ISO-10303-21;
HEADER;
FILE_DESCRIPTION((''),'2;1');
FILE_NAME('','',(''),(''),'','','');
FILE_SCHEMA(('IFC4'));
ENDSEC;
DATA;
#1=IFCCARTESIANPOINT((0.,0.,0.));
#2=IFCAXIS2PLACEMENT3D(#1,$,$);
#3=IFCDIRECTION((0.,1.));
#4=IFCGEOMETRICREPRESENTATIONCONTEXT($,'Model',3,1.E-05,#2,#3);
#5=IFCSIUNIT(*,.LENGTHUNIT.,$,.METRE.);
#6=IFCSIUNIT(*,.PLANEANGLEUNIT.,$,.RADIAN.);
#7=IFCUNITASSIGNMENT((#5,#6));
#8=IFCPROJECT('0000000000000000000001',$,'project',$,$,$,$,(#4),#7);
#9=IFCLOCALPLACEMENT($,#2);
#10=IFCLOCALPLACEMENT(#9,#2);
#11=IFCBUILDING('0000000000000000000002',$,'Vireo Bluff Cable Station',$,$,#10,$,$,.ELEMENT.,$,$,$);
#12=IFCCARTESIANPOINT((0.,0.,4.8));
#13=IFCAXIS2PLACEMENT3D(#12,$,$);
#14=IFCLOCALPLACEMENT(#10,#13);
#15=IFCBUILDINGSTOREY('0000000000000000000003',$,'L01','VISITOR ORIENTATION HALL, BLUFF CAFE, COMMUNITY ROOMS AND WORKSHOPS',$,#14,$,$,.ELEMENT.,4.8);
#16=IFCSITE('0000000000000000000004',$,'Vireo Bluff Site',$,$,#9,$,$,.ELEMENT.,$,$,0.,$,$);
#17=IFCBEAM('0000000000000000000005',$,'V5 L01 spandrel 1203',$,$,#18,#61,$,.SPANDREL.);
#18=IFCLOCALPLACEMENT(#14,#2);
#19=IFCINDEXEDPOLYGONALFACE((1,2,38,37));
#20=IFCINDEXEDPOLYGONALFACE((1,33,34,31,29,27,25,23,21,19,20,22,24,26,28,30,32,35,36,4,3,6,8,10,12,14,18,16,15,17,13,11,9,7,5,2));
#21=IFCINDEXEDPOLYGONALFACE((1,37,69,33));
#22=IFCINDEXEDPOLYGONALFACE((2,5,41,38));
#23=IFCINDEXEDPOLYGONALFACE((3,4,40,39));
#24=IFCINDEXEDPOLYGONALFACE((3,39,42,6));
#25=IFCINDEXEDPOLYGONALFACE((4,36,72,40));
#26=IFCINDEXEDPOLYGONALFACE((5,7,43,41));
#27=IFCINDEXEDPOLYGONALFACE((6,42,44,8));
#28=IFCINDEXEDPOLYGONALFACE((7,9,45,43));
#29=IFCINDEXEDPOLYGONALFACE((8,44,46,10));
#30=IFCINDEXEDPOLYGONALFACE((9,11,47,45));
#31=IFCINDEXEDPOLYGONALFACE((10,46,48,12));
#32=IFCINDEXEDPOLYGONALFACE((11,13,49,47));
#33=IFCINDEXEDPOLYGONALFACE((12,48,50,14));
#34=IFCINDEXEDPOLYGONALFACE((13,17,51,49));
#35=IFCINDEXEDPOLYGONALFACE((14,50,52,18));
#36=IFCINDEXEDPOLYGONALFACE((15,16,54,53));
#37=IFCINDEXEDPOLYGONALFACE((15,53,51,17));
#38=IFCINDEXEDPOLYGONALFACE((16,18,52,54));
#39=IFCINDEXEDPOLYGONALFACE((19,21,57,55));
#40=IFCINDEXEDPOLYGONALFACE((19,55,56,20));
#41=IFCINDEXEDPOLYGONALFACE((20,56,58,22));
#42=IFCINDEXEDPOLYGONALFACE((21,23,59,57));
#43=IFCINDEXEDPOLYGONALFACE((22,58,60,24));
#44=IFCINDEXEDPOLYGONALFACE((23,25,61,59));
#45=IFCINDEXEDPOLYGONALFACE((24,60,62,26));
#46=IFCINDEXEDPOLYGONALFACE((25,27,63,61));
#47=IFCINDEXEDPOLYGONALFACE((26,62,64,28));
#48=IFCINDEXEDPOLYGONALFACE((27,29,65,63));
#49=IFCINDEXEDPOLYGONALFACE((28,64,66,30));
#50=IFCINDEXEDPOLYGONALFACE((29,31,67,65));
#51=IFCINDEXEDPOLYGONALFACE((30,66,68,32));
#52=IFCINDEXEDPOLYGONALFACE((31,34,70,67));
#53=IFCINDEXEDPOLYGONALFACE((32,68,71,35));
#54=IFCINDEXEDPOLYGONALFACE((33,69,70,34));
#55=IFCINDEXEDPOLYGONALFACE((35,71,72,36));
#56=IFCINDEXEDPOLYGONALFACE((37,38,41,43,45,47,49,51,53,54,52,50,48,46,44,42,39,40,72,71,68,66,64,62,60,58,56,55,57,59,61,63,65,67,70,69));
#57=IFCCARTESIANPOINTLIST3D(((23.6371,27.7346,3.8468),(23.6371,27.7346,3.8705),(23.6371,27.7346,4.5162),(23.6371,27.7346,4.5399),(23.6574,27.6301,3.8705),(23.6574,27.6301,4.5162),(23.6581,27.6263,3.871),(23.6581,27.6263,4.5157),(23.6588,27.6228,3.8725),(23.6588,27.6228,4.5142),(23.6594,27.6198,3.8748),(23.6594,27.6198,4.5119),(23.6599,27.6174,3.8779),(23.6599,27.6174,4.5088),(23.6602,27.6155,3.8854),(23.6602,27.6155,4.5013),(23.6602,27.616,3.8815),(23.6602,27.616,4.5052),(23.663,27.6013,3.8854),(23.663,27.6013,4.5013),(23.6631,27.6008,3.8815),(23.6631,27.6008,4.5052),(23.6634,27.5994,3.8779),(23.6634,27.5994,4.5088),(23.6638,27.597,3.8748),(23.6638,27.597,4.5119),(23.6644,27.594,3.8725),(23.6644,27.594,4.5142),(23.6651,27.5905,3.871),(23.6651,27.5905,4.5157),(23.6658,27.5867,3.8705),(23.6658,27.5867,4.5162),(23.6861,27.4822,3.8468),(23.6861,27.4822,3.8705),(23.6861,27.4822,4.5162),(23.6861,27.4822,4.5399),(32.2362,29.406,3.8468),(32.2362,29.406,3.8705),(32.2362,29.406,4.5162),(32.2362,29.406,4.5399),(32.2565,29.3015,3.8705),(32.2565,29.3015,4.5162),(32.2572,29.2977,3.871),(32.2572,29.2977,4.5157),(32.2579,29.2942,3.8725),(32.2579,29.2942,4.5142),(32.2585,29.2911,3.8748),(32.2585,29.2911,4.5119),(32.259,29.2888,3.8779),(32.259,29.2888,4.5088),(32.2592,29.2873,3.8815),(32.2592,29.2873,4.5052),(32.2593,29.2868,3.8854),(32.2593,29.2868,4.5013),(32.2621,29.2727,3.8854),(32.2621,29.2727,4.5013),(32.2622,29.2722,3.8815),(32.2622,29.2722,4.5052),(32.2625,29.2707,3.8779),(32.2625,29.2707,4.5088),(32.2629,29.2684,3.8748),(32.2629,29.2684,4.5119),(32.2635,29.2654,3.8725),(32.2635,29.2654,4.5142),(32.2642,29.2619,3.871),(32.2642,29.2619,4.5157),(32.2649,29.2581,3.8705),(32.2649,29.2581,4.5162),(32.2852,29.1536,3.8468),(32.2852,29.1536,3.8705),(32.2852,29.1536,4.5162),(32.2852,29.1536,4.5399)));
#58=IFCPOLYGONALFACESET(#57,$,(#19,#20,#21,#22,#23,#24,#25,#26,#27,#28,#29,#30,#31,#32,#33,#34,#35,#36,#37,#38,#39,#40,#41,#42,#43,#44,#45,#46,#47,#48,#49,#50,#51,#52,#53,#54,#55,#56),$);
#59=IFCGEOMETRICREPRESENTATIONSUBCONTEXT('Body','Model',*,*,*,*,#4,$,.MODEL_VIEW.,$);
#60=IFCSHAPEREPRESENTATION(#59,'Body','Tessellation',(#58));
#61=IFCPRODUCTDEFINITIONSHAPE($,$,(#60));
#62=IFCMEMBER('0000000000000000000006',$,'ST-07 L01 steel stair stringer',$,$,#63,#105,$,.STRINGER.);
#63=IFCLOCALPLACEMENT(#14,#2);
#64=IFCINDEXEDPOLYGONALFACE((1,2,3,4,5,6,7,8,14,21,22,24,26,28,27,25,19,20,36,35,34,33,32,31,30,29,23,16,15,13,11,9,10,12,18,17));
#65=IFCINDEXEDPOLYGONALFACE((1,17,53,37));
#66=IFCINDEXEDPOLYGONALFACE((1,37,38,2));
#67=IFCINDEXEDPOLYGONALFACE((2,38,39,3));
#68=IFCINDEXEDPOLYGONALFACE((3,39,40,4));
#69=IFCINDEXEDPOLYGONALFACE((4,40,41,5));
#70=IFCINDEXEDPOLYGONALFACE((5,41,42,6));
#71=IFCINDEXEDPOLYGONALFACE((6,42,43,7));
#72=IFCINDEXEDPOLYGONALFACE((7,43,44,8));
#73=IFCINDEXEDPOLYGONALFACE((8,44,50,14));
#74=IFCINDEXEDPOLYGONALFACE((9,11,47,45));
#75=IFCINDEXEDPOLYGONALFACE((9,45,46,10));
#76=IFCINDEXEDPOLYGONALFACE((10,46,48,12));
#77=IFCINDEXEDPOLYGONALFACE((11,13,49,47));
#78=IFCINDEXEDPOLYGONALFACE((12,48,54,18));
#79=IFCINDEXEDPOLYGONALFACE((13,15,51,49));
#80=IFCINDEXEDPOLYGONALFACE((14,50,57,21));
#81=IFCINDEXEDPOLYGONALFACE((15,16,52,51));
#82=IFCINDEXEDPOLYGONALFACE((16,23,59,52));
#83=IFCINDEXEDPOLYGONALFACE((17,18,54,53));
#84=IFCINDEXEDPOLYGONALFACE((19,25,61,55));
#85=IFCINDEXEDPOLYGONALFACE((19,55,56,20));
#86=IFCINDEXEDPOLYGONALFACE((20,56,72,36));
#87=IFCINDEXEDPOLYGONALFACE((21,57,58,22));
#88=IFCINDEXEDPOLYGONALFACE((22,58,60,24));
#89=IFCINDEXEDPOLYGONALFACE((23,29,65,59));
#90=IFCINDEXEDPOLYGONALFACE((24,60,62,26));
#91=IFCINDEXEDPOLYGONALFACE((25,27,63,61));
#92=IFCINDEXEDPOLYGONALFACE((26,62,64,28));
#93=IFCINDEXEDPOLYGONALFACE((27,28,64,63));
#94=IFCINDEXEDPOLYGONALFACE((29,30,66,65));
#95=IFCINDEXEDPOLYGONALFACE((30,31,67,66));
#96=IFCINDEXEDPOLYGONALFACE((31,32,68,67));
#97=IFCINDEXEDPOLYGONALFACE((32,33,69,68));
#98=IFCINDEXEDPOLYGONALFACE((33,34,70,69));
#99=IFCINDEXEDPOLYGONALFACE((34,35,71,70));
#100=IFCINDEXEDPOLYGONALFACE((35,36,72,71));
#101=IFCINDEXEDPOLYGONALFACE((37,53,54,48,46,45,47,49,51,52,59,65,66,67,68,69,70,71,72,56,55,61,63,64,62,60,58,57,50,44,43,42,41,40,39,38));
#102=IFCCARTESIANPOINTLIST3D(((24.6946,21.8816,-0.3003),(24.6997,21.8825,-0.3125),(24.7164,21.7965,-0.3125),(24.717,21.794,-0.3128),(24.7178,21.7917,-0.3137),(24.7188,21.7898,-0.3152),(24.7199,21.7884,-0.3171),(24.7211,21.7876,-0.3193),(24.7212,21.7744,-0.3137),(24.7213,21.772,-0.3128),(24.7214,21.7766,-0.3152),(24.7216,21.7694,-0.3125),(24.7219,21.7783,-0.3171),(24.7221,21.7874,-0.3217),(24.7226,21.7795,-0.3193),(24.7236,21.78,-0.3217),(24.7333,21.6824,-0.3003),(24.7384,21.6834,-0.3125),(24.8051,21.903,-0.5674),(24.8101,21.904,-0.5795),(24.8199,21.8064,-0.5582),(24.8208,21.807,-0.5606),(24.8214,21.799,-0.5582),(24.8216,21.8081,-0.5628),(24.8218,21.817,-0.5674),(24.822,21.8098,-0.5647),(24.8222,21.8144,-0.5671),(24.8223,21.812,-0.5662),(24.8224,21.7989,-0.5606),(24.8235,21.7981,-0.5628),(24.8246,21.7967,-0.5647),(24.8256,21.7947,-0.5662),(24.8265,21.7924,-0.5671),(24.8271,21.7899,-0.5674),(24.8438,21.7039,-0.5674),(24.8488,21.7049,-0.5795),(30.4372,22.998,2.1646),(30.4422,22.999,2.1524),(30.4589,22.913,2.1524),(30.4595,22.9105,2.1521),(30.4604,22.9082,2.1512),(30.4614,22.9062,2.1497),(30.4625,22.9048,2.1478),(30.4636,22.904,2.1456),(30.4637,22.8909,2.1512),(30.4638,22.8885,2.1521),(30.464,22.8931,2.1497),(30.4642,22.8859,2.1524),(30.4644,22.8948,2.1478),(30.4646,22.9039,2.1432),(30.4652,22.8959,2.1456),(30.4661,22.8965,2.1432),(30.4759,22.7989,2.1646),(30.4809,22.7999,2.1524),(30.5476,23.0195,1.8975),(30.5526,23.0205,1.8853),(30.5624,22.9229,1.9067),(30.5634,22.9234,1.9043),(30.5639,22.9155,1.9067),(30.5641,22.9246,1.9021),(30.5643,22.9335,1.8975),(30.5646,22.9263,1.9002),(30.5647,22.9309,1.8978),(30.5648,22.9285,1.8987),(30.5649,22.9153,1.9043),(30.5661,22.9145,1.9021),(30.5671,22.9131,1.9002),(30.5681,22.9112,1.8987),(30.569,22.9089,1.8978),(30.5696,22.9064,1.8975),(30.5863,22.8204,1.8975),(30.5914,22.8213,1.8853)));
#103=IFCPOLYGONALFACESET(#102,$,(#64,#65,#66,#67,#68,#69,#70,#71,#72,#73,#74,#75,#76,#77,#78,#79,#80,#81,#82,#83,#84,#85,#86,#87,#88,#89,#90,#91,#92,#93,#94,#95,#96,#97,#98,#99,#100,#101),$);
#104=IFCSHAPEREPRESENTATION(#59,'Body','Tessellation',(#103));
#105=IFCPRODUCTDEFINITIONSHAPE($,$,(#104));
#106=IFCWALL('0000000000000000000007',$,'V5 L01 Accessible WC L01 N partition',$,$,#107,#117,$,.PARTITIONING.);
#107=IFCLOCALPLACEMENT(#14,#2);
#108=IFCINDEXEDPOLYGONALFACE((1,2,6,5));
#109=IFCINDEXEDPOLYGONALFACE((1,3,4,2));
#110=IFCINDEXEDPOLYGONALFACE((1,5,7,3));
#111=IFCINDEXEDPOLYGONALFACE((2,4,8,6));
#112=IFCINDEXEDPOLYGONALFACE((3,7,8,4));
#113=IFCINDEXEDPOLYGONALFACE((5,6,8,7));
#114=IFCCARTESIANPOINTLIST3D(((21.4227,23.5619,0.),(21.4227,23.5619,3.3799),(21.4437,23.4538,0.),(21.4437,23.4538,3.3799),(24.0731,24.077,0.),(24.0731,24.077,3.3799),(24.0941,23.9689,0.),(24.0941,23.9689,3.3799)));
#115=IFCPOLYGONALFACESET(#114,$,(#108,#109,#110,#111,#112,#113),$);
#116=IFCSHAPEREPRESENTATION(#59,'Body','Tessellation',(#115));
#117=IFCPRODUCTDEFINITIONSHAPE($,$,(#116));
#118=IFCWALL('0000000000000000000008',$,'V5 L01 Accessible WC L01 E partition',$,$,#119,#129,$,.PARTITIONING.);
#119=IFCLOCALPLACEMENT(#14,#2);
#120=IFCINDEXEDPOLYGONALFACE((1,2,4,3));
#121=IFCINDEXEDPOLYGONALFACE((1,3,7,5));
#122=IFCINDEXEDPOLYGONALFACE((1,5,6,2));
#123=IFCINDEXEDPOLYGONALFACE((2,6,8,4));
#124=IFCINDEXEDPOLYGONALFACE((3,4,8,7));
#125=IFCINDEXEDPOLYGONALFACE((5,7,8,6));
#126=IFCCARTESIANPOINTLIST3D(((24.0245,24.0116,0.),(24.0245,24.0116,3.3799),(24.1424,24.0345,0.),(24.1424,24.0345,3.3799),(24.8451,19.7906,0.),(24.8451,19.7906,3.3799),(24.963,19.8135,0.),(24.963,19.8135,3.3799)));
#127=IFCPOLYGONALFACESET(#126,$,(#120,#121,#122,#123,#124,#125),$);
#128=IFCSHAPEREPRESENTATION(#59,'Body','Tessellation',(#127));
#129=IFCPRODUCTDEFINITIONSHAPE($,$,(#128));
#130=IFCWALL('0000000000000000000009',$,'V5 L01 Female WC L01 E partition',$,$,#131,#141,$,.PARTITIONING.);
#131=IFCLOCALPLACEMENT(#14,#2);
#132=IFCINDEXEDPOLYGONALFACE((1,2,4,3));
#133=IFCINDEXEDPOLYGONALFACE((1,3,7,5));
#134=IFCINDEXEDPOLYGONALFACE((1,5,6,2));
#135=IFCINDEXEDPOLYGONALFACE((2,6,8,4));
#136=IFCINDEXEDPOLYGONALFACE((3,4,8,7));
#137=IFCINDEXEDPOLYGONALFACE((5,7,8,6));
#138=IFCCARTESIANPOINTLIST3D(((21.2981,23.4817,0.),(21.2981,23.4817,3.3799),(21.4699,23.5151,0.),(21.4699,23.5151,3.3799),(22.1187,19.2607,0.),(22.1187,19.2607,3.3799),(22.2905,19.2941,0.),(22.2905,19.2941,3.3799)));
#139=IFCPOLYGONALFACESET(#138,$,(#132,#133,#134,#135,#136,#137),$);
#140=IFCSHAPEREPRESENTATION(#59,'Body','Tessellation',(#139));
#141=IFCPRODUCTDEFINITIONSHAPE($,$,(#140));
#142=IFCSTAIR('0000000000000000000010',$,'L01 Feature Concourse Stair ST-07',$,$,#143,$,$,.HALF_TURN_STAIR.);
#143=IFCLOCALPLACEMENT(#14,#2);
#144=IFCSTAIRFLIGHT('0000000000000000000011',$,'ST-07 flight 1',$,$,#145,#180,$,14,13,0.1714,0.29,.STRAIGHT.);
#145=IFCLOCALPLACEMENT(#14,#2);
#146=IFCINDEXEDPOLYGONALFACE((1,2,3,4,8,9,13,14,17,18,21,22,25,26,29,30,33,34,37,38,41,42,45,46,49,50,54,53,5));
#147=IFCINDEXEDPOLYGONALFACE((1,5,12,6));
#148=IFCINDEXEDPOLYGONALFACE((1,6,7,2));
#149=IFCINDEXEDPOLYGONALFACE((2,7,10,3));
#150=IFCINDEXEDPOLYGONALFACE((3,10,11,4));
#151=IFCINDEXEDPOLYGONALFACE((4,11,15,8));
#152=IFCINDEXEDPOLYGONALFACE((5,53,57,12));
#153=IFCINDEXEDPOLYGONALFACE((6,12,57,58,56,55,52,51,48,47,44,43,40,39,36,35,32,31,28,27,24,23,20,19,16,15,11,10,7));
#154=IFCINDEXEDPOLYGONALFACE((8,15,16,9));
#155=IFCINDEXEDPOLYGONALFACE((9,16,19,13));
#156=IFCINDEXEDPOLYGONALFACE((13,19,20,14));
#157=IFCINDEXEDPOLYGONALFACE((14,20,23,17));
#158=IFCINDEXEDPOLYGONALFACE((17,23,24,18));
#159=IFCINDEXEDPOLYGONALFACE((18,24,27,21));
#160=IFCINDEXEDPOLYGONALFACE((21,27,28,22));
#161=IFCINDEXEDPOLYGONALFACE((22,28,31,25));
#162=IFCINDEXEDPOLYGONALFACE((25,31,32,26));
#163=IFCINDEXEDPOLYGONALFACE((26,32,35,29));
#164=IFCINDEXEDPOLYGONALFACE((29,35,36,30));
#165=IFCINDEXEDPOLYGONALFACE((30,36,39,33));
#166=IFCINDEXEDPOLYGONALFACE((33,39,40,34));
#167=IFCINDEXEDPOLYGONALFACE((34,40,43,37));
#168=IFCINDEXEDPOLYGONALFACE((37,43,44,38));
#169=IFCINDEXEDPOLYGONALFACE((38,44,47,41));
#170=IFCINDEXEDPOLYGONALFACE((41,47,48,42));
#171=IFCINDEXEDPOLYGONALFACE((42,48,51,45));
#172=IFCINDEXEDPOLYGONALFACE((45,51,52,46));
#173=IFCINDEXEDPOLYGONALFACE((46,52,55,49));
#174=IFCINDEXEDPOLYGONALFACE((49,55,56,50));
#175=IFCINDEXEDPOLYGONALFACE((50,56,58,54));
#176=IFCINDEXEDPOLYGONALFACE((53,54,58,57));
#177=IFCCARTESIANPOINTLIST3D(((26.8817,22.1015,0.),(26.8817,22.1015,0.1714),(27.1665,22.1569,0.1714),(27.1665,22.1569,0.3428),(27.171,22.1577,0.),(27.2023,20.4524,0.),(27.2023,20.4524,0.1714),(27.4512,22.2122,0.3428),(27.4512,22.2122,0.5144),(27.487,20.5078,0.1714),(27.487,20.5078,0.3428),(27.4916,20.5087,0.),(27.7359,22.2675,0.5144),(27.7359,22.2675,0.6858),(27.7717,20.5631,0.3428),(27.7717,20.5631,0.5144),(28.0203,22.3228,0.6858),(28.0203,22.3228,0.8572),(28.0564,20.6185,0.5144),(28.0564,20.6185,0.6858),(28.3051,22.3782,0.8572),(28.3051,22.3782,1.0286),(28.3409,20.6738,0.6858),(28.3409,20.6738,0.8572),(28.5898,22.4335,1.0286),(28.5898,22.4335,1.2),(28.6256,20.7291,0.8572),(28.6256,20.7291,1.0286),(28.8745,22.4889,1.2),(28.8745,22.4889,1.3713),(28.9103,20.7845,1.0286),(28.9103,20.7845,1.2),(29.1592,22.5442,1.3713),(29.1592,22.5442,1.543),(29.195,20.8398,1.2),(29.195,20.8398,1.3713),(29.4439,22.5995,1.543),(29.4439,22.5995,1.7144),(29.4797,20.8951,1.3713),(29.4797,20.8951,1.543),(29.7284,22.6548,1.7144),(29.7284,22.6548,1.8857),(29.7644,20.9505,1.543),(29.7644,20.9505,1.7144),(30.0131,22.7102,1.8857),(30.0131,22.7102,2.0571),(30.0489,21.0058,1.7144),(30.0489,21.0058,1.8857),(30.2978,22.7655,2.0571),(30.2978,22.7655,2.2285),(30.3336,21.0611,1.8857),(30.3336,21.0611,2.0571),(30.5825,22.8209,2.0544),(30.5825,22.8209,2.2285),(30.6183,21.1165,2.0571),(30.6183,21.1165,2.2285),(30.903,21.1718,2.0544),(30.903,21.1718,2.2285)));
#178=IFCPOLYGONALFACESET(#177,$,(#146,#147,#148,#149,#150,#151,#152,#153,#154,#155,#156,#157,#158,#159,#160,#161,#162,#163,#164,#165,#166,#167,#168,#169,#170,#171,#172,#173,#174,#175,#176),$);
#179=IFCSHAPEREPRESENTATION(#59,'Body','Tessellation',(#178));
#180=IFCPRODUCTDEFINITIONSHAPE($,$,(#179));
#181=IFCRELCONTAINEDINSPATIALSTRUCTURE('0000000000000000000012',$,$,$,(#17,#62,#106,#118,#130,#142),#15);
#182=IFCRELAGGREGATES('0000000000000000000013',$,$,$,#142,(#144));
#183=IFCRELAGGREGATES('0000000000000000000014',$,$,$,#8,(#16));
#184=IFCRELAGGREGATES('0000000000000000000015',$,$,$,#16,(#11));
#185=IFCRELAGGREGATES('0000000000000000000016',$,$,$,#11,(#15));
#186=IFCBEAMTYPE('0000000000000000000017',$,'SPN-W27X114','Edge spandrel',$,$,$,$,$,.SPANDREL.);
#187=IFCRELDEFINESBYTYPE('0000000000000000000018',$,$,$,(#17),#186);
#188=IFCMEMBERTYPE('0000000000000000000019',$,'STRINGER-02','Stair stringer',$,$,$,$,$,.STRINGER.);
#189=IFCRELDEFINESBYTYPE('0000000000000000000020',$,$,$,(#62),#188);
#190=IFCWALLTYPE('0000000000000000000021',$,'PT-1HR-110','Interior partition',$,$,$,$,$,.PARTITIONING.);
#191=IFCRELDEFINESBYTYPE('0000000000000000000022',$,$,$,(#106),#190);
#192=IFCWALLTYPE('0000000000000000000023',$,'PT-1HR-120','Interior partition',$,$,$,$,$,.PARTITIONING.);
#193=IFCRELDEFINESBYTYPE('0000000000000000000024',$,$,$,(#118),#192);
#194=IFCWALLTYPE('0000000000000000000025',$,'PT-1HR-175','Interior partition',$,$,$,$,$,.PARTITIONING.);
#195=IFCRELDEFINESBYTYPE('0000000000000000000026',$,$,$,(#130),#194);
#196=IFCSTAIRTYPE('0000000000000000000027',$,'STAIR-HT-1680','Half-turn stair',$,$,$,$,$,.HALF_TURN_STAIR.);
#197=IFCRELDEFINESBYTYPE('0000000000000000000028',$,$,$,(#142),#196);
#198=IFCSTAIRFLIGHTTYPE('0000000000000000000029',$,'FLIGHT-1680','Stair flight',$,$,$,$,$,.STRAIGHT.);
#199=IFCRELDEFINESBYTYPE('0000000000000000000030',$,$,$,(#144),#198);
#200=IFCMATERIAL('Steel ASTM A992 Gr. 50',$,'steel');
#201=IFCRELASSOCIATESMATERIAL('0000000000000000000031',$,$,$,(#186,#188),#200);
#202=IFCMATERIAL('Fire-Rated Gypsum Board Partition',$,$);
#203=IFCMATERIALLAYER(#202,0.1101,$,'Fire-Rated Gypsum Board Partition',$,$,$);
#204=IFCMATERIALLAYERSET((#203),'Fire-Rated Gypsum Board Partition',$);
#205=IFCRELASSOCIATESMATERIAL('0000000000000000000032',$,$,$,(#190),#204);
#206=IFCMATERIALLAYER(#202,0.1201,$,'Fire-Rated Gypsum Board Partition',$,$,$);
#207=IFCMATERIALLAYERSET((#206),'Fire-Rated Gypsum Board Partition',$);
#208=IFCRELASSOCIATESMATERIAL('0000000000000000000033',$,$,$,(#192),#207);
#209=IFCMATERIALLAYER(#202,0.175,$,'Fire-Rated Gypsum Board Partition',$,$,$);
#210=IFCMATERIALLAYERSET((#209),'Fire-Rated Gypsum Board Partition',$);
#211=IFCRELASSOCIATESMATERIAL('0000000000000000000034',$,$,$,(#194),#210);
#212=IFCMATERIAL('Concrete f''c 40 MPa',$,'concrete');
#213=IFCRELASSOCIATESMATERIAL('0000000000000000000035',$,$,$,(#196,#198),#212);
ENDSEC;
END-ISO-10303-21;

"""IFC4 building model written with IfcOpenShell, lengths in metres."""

from ifc_helpers import new_model, si_unit, direction, frame, frame_2d, origin, origin_2d, place, context, subcontext, project, spatial, polyline, rectangle, i_section, outline, extrude, material, layer, layer_set, material_profile, profile_set, type_object, element, aggregate, save


model = new_model("IFC4")

# Units and contexts
model_context = context("Model", 3, precision=1e-05, world=origin(), true_north=direction((0.0, 1.0)))
body_context = subcontext(model_context, "Body", "Model", "MODEL_VIEW")
ifc_project = project(units=[si_unit("LENGTHUNIT", "METRE"), si_unit("PLANEANGLEUNIT", "RADIAN")], contexts=[model_context])

# Site, building, storey
site_placement = place(None, origin())
site = spatial("IfcSite", under=ifc_project, at=site_placement, Name="Vireo Bluff Site", CompositionType="ELEMENT", RefElevation=0.0)
building_placement = place(site_placement, origin())
building = spatial("IfcBuilding", under=site, at=building_placement, Name="Vireo Bluff Cable Station", CompositionType="ELEMENT")
storey_placement = place(building_placement, frame((0.0, 0.0, 4.8)))
storey = spatial("IfcBuildingStorey", under=building, at=storey_placement, Name="L01", Description="VISITOR ORIENTATION HALL, BLUFF CAFE, COMMUNITY ROOMS AND WORKSHOPS", CompositionType="ELEMENT", Elevation=4.8)

# Shared definitions
ifc_material_1 = material(Name="Steel ASTM A992 Gr. 50", Category="steel")

# Beam
ifc_material_profile_1 = material_profile(ifc_material_1, i_section(OverallWidth=0.2571, OverallDepth=0.6931, WebThickness=0.0144, FlangeThickness=0.0237, FilletRadius=0.0149, at=origin_2d()), Name="W27X114")
ifc_profile_set_1 = profile_set([ifc_material_profile_1], Name="Steel ASTM A992 Gr. 50")
beam_type_1 = type_object("IfcBeamType", Name="SPN-W27X114", Description="Edge spandrel", PredefinedType="SPANDREL", material=ifc_profile_set_1)
beam_1_placement = place(storey_placement, frame((23.6616, 27.6084, 4.1934), z_axis=(0.98163, 0.190797, 0.0), x_axis=(-0.190797, 0.98163, 0.0)))
element("IfcBeam", 1, at=beam_1_placement, inside=storey, type_object=beam_type_1, Name="V5 L01 spandrel 1203", PredefinedType="SPANDREL", context=body_context, shape_type="SweptSolid", body=[
    extrude(i_section(OverallWidth=0.2571, OverallDepth=0.6931, WebThickness=0.0144, FlangeThickness=0.0237, FilletRadius=0.0149, at=origin_2d()), origin(), (0.0, 0.0, 1.0), 8.76),
])

# Member
ifc_material_profile_2 = material_profile(ifc_material_1, i_section(OverallWidth=0.2029, OverallDepth=0.303, WebThickness=0.0076, FlangeThickness=0.0132, FilletRadius=0.01, at=origin_2d()), Name="W12X40")
ifc_profile_set_2 = profile_set([ifc_material_profile_2], Name="Steel ASTM A992 Gr. 50")
member_type = type_object("IfcMemberType", Name="STRINGER-02", Description="Stair stringer", PredefinedType="STRINGER", material=ifc_profile_set_2)
member_placement = place(storey_placement, frame((24.7717, 21.7932, -0.4399), z_axis=(0.904601, 0.175874, 0.388285), x_axis=(-0.190848, 0.98162, 0.0)))
element("IfcMember", 2, at=member_placement, inside=storey, type_object=member_type, Name="ST-07 L01 steel stair stringer", PredefinedType="STRINGER", context=body_context, shape_type="SweptSolid", body=[
    extrude(i_section(OverallWidth=0.2029, OverallDepth=0.303, WebThickness=0.0076, FlangeThickness=0.0132, FilletRadius=0.01, at=origin_2d()), origin(), (0.0, 0.0, 1.0), 6.3481),
])

# Walls
ifc_material_2 = material(Name="Fire-Rated Gypsum Board Partition")
ifc_layer_1 = layer(ifc_material_2, 0.1101, Name="Fire-Rated Gypsum Board Partition")
ifc_layer_set_1 = layer_set([ifc_layer_1], Name="Fire-Rated Gypsum Board Partition")
wall_type_1 = type_object("IfcWallType", Name="PT-1HR-110", Description="Interior partition", PredefinedType="PARTITIONING", material=ifc_layer_set_1)
wall_1_placement = place(storey_placement, frame((21.4331, 23.5078, 0.0), z_axis=(0.0, 0.0, 1.0), x_axis=(0.98163, 0.190792, 0.0)))
element("IfcWall", 3, at=wall_1_placement, inside=storey, type_object=wall_type_1, Name="V5 L01 Accessible WC L01 N partition", PredefinedType="PARTITIONING", context=body_context, shape_type="SweptSolid", body=[
    extrude(rectangle(XDim=2.7, YDim=0.1101, at=frame_2d((1.3501, 0.0))), origin(), (0.0, 0.0, 1.0), 3.3799),
])
ifc_layer_2 = layer(ifc_material_2, 0.1201, Name="Fire-Rated Gypsum Board Partition")
ifc_layer_set_2 = layer_set([ifc_layer_2], Name="Fire-Rated Gypsum Board Partition")
wall_type_2 = type_object("IfcWallType", Name="PT-1HR-120", Description="Interior partition", PredefinedType="PARTITIONING", material=ifc_layer_set_2)
wall_2_placement = place(storey_placement, frame((24.0835, 24.0229, 0.0), z_axis=(0.0, 0.0, 1.0), x_axis=(0.190829, -0.981623, 0.0)))
element("IfcWall", 4, at=wall_2_placement, inside=storey, type_object=wall_type_2, Name="V5 L01 Accessible WC L01 E partition", PredefinedType="PARTITIONING", context=body_context, shape_type="SweptSolid", body=[
    extrude(rectangle(XDim=4.3, YDim=0.1201, at=frame_2d((2.1499, 0.0))), origin(), (0.0, 0.0, 1.0), 3.3799),
])
ifc_layer_3 = layer(ifc_material_2, 0.175, Name="Fire-Rated Gypsum Board Partition")
ifc_layer_set_3 = layer_set([ifc_layer_3], Name="Fire-Rated Gypsum Board Partition")
wall_type_3 = type_object("IfcWallType", Name="PT-1HR-175", Description="Interior partition", PredefinedType="PARTITIONING", material=ifc_layer_set_3)
wall_3_placement = place(storey_placement, frame((21.384, 23.4983, 0.0), z_axis=(0.0, 0.0, 1.0), x_axis=(0.190829, -0.981623, 0.0)))
element("IfcWall", 5, at=wall_3_placement, inside=storey, type_object=wall_type_3, Name="V5 L01 Female WC L01 E partition", PredefinedType="PARTITIONING", context=body_context, shape_type="SweptSolid", body=[
    extrude(rectangle(XDim=4.3, YDim=0.175, at=frame_2d((2.1499, 0.0))), origin(), (0.0, 0.0, 1.0), 3.3799),
])

# Stair, stair flight
ifc_material_3 = material(Name="Concrete f'c 40 MPa", Category="concrete")
stair_type = type_object("IfcStairType", Name="STAIR-HT-1680", Description="Half-turn stair", PredefinedType="HALF_TURN_STAIR", material=ifc_material_3)
stair_placement = place(storey_placement, origin())
stair = element("IfcStair", 6, at=stair_placement, inside=storey, type_object=stair_type, Name="L01 Feature Concourse Stair ST-07", PredefinedType="HALF_TURN_STAIR")
stair_flight_type = type_object("IfcStairFlightType", Name="FLIGHT-1680", Description="Stair flight", PredefinedType="STRAIGHT", material=ifc_material_3)
stair_flight_1_placement = place(storey_placement, frame((27.042, 21.2771, 0.0), z_axis=(0.0, 0.0, 1.0), x_axis=(0.981627, 0.190809, 0.0)))
stair_flight_1 = element("IfcStairFlight", 7, at=stair_flight_1_placement, type_object=stair_flight_type, Name="ST-07 flight 1", NumberOfRisers=14, NumberOfTreads=13, PredefinedType="STRAIGHT", RiserHeight=0.1714, TreadLength=0.29, context=body_context, shape_type="SweptSolid", body=[
    extrude(outline(polyline([(0.0, 0.0), (0.0, 0.1714), (0.29, 0.1714), (0.29, 0.3428), (0.5801, 0.3428), (0.5801, 0.5144), (0.8701, 0.5144), (0.8701, 0.6858), (1.1599, 0.6858), (1.1599, 0.8572), (1.45, 0.8572), (1.45, 1.0286), (1.74, 1.0286), (1.74, 1.2), (2.03, 1.2), (2.03, 1.3713), (2.3201, 1.3713), (2.3201, 1.543), (2.6101, 1.543), (2.6101, 1.7144), (2.8999, 1.7144), (2.8999, 1.8857), (3.1899, 1.8857), (3.1899, 2.0571), (3.48, 2.0571), (3.48, 2.2285), (3.77, 2.2285), (3.77, 2.3999), (3.77, 2.0544), (0.2947, 0.0), (0.0, 0.0)])), frame((0.0, 0.8398, 0.0), z_axis=(0.0, -1.0, 0.0), x_axis=(1.0, 0.0, 0.0)), (0.0, 0.0, 1.0), 1.6799),
])
aggregate(stair, [stair_flight_1])

save(model, "model.ifc")
